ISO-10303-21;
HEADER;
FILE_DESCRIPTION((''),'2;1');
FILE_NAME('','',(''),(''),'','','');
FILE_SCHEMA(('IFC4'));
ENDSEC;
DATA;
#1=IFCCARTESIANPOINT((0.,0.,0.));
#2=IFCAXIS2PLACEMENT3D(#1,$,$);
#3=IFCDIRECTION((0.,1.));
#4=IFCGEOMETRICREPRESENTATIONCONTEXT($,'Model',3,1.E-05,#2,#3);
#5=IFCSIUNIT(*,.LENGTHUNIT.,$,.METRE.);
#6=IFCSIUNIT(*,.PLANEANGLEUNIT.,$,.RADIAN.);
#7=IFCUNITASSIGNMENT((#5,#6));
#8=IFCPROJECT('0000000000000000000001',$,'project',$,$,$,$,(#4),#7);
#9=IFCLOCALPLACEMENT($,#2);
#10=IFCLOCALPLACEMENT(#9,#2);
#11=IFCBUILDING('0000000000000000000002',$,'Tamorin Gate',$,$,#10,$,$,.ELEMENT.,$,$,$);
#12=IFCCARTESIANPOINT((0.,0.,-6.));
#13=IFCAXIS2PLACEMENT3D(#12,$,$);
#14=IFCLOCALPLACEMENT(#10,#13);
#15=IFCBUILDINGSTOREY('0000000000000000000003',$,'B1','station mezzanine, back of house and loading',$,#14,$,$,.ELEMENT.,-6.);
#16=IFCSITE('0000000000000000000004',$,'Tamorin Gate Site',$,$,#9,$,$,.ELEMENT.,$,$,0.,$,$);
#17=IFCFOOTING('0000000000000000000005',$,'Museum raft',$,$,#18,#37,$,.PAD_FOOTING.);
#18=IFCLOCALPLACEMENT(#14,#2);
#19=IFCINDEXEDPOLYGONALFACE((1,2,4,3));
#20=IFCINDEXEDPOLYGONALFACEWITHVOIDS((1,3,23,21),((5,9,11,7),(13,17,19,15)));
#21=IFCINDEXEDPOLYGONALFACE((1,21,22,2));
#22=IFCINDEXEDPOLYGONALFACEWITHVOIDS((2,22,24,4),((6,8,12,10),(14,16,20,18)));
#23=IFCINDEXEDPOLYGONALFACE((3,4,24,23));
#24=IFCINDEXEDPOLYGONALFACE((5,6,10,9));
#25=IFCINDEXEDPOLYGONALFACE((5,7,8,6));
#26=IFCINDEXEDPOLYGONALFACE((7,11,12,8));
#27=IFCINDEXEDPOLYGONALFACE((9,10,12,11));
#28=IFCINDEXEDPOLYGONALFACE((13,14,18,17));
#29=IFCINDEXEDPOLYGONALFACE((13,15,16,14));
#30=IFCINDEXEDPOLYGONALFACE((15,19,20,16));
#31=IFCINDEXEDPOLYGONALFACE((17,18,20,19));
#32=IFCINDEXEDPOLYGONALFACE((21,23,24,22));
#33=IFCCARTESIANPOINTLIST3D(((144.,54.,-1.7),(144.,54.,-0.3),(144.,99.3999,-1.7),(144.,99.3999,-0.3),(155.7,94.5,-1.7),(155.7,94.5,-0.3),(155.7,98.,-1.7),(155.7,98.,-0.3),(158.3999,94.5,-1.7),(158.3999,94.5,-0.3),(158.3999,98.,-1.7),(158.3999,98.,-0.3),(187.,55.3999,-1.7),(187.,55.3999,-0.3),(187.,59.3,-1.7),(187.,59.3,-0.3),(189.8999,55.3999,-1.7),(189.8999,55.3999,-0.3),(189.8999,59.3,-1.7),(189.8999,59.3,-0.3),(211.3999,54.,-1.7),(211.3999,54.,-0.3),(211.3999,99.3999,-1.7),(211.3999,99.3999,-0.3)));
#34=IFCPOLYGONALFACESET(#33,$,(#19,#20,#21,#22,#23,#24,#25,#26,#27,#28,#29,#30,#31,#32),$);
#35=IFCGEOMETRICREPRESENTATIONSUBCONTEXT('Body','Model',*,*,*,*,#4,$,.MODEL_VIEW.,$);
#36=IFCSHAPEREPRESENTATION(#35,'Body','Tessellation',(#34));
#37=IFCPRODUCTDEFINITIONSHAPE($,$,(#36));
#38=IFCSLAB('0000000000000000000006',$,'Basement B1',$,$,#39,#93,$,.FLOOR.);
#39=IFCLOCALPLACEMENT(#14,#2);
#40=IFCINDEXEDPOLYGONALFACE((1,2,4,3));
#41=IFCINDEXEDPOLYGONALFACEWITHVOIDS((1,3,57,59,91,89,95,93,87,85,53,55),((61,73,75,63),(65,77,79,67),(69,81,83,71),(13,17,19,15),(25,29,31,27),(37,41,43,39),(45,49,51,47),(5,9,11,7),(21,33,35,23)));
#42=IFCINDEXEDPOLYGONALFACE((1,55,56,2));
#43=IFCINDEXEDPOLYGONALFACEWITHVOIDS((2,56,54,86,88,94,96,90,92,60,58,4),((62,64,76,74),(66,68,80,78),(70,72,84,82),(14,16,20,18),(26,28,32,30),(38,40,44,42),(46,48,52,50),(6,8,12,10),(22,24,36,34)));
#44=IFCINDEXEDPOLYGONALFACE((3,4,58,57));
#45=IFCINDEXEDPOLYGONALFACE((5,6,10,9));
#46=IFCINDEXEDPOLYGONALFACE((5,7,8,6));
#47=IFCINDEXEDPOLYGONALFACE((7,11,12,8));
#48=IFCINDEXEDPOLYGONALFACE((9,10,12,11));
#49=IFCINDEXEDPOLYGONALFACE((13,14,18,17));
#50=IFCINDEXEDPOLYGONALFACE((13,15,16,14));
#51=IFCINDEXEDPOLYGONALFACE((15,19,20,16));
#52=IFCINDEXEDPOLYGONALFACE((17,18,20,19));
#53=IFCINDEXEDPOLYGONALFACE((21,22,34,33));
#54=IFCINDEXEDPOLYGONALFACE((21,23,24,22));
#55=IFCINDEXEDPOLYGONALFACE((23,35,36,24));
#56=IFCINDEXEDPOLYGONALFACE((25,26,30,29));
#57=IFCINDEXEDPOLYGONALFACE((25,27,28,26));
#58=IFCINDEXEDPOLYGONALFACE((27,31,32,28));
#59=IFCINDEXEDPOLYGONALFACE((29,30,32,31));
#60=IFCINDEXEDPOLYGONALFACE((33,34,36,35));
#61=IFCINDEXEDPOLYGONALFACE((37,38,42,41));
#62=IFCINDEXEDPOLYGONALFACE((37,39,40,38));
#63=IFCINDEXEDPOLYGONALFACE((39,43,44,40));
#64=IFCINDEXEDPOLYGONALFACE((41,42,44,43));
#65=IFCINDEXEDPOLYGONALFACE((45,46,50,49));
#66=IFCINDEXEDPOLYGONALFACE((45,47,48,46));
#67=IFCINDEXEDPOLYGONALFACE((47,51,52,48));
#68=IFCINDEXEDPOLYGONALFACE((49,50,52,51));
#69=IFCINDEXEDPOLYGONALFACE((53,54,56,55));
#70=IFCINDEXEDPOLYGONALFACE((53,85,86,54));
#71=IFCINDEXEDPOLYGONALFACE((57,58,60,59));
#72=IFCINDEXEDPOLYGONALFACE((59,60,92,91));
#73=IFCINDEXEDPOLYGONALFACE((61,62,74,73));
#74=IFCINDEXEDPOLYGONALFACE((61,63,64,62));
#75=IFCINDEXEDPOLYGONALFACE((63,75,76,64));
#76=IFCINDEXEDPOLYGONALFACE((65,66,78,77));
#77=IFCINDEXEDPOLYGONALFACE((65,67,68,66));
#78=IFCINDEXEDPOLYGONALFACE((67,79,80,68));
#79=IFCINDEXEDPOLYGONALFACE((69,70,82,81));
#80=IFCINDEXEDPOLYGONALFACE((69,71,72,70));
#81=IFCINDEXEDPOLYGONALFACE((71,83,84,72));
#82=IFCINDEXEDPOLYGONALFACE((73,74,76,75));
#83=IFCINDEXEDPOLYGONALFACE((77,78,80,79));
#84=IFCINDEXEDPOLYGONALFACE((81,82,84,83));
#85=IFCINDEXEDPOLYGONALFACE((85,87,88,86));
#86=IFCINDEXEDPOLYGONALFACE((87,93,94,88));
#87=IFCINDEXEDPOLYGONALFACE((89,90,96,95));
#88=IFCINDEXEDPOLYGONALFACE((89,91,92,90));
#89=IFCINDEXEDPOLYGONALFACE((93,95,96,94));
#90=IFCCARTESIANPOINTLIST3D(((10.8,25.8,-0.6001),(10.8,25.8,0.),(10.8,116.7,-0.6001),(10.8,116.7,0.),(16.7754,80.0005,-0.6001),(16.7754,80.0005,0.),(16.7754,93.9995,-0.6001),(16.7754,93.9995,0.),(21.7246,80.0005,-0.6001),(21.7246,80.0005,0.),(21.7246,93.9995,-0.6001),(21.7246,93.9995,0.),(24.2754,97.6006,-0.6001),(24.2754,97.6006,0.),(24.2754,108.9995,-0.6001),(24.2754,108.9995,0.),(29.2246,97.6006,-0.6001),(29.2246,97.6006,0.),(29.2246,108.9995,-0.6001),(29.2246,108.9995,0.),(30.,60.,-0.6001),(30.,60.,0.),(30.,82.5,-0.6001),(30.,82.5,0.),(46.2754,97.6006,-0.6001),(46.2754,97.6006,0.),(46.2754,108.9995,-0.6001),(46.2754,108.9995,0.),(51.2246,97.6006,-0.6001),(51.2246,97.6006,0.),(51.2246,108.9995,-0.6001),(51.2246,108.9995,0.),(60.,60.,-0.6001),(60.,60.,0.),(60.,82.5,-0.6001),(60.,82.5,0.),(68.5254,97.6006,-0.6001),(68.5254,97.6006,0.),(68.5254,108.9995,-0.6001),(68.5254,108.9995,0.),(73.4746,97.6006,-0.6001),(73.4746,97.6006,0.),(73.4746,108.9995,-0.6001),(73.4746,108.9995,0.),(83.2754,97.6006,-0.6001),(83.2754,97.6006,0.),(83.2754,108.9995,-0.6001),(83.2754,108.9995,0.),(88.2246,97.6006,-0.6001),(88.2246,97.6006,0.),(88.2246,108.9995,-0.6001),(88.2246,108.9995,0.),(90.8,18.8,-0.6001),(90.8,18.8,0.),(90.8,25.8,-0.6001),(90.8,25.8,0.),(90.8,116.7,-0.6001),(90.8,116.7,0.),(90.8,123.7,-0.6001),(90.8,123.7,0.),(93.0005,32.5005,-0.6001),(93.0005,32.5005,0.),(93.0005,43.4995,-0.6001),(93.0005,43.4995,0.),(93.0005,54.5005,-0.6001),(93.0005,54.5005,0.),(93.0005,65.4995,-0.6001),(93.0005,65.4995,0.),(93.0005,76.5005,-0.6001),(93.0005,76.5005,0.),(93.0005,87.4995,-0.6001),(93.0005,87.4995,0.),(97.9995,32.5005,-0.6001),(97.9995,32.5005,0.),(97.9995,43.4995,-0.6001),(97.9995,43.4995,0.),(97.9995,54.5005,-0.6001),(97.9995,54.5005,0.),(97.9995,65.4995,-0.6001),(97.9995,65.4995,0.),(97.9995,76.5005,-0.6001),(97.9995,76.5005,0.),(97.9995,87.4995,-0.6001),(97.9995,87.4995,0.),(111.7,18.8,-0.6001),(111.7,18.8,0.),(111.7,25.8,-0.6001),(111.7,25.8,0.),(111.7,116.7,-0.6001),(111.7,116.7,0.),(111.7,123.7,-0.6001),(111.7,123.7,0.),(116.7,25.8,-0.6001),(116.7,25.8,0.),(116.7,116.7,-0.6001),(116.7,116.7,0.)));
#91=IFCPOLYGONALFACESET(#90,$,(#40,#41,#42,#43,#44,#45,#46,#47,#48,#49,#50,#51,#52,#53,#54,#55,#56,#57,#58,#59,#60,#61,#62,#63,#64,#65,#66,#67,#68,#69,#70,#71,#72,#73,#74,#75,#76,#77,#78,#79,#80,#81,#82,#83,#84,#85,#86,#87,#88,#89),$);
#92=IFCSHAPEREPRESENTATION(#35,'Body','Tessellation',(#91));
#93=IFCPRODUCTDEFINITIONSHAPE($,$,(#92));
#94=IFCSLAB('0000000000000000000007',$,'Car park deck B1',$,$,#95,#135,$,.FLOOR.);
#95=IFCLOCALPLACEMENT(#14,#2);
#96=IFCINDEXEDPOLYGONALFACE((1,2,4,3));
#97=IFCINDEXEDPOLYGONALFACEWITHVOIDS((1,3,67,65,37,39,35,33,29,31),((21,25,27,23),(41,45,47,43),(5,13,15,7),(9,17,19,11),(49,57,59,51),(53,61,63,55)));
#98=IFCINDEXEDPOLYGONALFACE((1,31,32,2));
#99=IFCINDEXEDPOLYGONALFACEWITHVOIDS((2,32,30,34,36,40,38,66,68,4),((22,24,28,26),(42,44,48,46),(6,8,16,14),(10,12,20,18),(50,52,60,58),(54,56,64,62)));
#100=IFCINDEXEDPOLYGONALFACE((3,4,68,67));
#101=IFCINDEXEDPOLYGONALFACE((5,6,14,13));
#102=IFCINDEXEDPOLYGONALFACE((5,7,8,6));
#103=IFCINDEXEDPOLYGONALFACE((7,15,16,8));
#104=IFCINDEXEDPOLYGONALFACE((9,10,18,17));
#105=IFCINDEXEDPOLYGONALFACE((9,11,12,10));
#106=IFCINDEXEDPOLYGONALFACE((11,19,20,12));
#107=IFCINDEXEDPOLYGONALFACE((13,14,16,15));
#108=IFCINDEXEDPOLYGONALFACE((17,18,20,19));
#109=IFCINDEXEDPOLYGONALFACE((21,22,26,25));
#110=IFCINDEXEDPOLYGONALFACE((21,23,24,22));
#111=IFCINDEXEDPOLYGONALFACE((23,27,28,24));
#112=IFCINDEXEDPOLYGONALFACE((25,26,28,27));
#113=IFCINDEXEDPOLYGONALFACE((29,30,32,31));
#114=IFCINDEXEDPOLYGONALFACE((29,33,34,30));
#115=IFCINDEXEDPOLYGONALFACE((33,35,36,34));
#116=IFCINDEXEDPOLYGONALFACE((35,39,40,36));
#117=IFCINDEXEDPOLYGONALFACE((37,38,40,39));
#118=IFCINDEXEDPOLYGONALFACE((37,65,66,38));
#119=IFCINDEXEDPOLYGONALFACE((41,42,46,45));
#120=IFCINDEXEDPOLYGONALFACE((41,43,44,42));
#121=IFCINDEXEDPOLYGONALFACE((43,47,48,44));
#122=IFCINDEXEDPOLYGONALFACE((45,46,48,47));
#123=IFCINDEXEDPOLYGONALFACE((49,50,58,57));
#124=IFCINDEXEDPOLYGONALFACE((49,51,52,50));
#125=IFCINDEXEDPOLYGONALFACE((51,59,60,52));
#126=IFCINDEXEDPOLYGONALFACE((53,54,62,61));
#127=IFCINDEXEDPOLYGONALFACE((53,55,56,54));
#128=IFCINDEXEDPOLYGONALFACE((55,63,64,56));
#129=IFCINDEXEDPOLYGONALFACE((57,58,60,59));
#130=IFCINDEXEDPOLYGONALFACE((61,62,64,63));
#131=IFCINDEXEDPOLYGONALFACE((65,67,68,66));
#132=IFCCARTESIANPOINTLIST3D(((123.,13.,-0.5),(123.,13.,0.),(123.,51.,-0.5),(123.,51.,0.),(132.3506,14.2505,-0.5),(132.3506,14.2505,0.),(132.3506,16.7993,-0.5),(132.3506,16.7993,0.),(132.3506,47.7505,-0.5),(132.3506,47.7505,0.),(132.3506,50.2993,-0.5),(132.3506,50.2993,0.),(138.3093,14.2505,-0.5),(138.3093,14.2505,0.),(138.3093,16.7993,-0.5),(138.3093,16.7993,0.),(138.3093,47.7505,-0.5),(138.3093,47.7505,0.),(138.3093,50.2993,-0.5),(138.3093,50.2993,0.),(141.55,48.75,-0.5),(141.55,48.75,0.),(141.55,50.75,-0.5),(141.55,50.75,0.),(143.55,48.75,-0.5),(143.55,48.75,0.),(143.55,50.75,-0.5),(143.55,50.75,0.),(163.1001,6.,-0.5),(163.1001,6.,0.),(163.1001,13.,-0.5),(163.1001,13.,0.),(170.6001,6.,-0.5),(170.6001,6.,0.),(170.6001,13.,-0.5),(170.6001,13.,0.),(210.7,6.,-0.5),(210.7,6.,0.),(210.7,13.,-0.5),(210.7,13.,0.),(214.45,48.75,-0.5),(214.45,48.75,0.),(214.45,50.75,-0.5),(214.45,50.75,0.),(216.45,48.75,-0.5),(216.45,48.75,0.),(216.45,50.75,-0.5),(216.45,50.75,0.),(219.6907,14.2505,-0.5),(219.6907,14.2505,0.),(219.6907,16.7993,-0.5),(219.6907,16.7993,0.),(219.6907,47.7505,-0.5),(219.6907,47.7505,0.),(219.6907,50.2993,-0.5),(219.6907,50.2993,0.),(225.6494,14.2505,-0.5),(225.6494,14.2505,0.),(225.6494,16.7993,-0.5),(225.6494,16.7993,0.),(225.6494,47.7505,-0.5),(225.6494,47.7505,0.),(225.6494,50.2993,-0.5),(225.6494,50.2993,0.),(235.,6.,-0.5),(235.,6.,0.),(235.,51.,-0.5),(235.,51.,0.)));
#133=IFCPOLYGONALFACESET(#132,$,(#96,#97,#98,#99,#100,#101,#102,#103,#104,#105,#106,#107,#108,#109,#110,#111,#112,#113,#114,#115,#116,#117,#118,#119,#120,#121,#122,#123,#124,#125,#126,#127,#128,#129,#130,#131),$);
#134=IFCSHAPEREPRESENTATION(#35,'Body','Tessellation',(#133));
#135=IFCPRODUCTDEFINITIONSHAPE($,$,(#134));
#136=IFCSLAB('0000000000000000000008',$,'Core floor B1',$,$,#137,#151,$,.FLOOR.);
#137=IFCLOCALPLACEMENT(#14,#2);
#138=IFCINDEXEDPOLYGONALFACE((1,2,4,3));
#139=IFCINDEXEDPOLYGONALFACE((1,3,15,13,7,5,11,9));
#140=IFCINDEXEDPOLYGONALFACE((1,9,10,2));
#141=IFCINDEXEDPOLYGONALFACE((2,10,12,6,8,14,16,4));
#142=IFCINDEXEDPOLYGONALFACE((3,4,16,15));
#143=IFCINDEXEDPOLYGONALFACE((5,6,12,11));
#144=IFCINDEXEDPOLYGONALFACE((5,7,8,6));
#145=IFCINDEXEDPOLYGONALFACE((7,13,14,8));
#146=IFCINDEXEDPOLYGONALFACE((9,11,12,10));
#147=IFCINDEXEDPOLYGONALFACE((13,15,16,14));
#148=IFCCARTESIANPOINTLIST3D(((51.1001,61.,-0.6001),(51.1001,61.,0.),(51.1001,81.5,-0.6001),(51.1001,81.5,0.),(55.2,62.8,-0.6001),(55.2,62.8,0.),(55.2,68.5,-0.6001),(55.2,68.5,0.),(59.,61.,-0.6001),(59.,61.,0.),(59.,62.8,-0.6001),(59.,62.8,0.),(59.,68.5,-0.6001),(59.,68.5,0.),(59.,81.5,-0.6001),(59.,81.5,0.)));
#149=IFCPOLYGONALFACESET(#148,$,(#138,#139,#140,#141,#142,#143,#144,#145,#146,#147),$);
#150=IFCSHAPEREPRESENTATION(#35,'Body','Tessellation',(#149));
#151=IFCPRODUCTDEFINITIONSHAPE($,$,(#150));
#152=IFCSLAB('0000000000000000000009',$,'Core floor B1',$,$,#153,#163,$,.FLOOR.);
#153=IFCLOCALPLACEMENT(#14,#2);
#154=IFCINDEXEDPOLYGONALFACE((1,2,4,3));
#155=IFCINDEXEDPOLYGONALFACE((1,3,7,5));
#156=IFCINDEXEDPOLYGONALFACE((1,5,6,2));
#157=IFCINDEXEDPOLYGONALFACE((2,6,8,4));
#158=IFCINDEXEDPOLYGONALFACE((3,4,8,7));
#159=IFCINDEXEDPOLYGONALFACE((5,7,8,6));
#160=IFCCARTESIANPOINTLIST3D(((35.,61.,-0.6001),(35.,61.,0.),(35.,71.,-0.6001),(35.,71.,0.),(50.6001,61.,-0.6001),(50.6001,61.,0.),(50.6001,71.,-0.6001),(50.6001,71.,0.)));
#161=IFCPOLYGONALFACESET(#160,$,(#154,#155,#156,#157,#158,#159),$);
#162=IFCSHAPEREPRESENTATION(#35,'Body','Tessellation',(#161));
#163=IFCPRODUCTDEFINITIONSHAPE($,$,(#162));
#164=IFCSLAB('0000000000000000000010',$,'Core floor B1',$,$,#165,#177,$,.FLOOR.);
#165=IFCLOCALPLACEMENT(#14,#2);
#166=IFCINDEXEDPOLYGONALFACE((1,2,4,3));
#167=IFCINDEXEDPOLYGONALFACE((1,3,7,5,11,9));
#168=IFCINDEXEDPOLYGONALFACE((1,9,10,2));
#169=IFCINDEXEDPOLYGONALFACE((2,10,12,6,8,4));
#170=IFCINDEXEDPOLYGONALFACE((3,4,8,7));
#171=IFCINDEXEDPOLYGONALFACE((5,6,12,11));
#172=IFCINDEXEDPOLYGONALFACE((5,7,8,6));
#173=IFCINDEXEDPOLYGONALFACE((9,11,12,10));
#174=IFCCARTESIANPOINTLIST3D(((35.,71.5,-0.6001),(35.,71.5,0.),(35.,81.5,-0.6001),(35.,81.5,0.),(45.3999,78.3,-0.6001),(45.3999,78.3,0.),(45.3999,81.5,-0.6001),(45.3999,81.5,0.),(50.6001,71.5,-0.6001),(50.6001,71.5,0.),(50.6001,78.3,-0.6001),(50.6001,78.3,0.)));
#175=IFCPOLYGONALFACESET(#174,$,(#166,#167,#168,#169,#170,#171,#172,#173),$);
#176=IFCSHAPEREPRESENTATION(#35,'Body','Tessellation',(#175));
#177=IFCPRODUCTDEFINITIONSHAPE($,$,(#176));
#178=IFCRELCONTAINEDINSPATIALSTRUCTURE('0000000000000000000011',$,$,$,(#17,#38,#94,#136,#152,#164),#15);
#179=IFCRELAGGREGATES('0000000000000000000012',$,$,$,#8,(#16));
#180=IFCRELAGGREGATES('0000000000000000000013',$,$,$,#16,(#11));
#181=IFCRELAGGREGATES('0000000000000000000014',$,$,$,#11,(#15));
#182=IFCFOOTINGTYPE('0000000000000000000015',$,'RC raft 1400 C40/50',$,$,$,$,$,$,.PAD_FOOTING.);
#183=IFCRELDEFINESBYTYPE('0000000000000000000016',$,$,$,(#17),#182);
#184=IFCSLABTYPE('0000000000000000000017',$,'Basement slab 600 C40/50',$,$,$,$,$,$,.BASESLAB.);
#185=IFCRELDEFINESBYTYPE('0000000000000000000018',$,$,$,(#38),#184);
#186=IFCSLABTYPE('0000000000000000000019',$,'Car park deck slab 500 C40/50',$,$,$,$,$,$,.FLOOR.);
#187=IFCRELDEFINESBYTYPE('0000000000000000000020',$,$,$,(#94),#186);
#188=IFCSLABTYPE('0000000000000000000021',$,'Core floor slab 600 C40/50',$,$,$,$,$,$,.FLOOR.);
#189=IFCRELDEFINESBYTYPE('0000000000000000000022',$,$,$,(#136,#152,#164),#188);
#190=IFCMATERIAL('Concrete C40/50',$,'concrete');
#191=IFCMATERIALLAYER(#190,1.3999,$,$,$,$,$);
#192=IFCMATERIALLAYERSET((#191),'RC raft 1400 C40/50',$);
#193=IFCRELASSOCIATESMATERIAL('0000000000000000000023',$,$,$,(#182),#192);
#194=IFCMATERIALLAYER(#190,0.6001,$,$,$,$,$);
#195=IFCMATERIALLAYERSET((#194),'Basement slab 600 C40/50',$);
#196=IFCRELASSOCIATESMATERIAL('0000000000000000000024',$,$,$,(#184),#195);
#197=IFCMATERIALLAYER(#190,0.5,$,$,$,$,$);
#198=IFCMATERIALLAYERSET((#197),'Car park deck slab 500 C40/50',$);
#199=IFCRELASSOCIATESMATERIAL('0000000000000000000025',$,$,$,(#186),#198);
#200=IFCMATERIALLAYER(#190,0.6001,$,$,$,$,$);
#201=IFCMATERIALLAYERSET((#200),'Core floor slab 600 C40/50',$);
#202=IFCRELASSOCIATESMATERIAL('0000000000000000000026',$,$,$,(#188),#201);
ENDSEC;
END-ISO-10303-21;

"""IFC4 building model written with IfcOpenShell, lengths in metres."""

from ifc_helpers import new_model, si_unit, direction, frame, origin, place, context, subcontext, project, spatial, polyline, outline, extrude, material, layer, layer_set, type_object, element, save


model = new_model("IFC4")

# Units and contexts
model_context = context("Model", 3, precision=1e-05, world=origin(), true_north=direction((0.0, 1.0)))
body_context = subcontext(model_context, "Body", "Model", "MODEL_VIEW")
ifc_project = project(units=[si_unit("LENGTHUNIT", "METRE"), si_unit("PLANEANGLEUNIT", "RADIAN")], contexts=[model_context])

# Site, building, storey
site_placement = place(None, origin())
site = spatial("IfcSite", under=ifc_project, at=site_placement, Name="Tamorin Gate Site", CompositionType="ELEMENT", RefElevation=0.0)
building_placement = place(site_placement, origin())
building = spatial("IfcBuilding", under=site, at=building_placement, Name="Tamorin Gate", CompositionType="ELEMENT")
storey_placement = place(building_placement, frame((0.0, 0.0, -6.0)))
storey = spatial("IfcBuildingStorey", under=building, at=storey_placement, Name="B1", Description="station mezzanine, back of house and loading", CompositionType="ELEMENT", Elevation=-6.0)

# Footing
ifc_material_1 = material(Name="Concrete C40/50", Category="concrete")
ifc_layer_1 = layer(ifc_material_1, 1.3999)
ifc_layer_set_1 = layer_set([ifc_layer_1], Name="RC raft 1400 C40/50")
footing_type = type_object("IfcFootingType", Name="RC raft 1400 C40/50", PredefinedType="PAD_FOOTING", material=ifc_layer_set_1)
footing_placement = place(storey_placement, frame((0.0, 0.0, -1.7)))
element("IfcFooting", 1, at=footing_placement, inside=storey, type_object=footing_type, Name="Museum raft", PredefinedType="PAD_FOOTING", context=body_context, shape_type="SweptSolid", body=[
    extrude(outline(polyline([(144.0, 54.0), (144.0, 99.3999), (211.3999, 99.3999), (211.3999, 54.0), (144.0, 54.0)]), holes=[polyline([(189.8999, 55.3999), (189.8999, 59.3), (187.0, 59.3), (187.0, 55.3999), (189.8999, 55.3999)]), polyline([(158.3999, 94.5), (158.3999, 98.0), (155.7, 98.0), (155.7, 94.5), (158.3999, 94.5)])]), origin(), (0.0, 0.0, 1.0), 1.3999),
])

# Slabs
ifc_layer_2 = layer(ifc_material_1, 0.6001)
ifc_layer_set_2 = layer_set([ifc_layer_2], Name="Basement slab 600 C40/50")
slab_type_1 = type_object("IfcSlabType", Name="Basement slab 600 C40/50", PredefinedType="BASESLAB", material=ifc_layer_set_2)
slab_1_placement = place(storey_placement, frame((0.0, 0.0, -0.6001)))
element("IfcSlab", 2, at=slab_1_placement, inside=storey, type_object=slab_type_1, Name="Basement B1", PredefinedType="FLOOR", context=body_context, shape_type="SweptSolid", body=[
    extrude(outline(polyline([(116.7, 116.7), (116.7, 25.8), (111.7, 25.8), (111.7, 18.8), (90.8, 18.8), (90.8, 25.8), (10.8, 25.8), (10.8, 116.7), (90.8, 116.7), (90.8, 123.7), (111.7, 123.7), (111.7, 116.7), (116.7, 116.7)]), holes=[polyline([(60.0, 60.0), (60.0, 82.5), (30.0, 82.5), (30.0, 60.0), (60.0, 60.0)]), polyline([(16.7754, 93.9995), (21.7246, 93.9995), (21.7246, 80.0005), (16.7754, 80.0005), (16.7754, 93.9995)]), polyline([(24.2754, 108.9995), (29.2246, 108.9995), (29.2246, 97.6006), (24.2754, 97.6006), (24.2754, 108.9995)]), polyline([(46.2754, 108.9995), (51.2246, 108.9995), (51.2246, 97.6006), (46.2754, 97.6006), (46.2754, 108.9995)]), polyline([(68.5254, 108.9995), (73.4746, 108.9995), (73.4746, 97.6006), (68.5254, 97.6006), (68.5254, 108.9995)]), polyline([(83.2754, 108.9995), (88.2246, 108.9995), (88.2246, 97.6006), (83.2754, 97.6006), (83.2754, 108.9995)]), polyline([(97.9995, 32.5005), (93.0005, 32.5005), (93.0005, 43.4995), (97.9995, 43.4995), (97.9995, 32.5005)]), polyline([(97.9995, 54.5005), (93.0005, 54.5005), (93.0005, 65.4995), (97.9995, 65.4995), (97.9995, 54.5005)]), polyline([(97.9995, 76.5005), (93.0005, 76.5005), (93.0005, 87.4995), (97.9995, 87.4995), (97.9995, 76.5005)])]), origin(), (0.0, 0.0, 1.0), 0.6001),
])
ifc_layer_3 = layer(ifc_material_1, 0.5)
ifc_layer_set_3 = layer_set([ifc_layer_3], Name="Car park deck slab 500 C40/50")
slab_type_2 = type_object("IfcSlabType", Name="Car park deck slab 500 C40/50", PredefinedType="FLOOR", material=ifc_layer_set_3)
slab_2_placement = place(storey_placement, frame((0.0, 0.0, -0.5)))
element("IfcSlab", 3, at=slab_2_placement, inside=storey, type_object=slab_type_2, Name="Car park deck B1", PredefinedType="FLOOR", context=body_context, shape_type="SweptSolid", body=[
    extrude(outline(polyline([(123.0, 51.0), (235.0, 51.0), (235.0, 6.0), (210.7, 6.0), (210.7, 13.0), (170.6001, 13.0), (170.6001, 6.0), (163.1001, 6.0), (163.1001, 13.0), (123.0, 13.0), (123.0, 51.0)]), holes=[polyline([(138.3093, 16.7993), (132.3506, 16.7993), (132.3506, 14.2505), (138.3093, 14.2505), (138.3093, 16.7993)]), polyline([(219.6907, 14.2505), (225.6494, 14.2505), (225.6494, 16.7993), (219.6907, 16.7993), (219.6907, 14.2505)]), polyline([(138.3093, 50.2993), (132.3506, 50.2993), (132.3506, 47.7505), (138.3093, 47.7505), (138.3093, 50.2993)]), polyline([(219.6907, 47.7505), (225.6494, 47.7505), (225.6494, 50.2993), (219.6907, 50.2993), (219.6907, 47.7505)]), polyline([(141.55, 50.75), (141.55, 48.75), (143.55, 48.75), (143.55, 50.75), (141.55, 50.75)]), polyline([(214.45, 50.75), (214.45, 48.75), (216.45, 48.75), (216.45, 50.75), (214.45, 50.75)])]), origin(), (0.0, 0.0, 1.0), 0.5),
])
ifc_layer_4 = layer(ifc_material_1, 0.6001)
ifc_layer_set_4 = layer_set([ifc_layer_4], Name="Core floor slab 600 C40/50")
slab_type_3 = type_object("IfcSlabType", Name="Core floor slab 600 C40/50", PredefinedType="FLOOR", material=ifc_layer_set_4)
slab_3_placement = place(storey_placement, frame((0.0, 0.0, -0.6001)))
element("IfcSlab", 4, at=slab_3_placement, inside=storey, type_object=slab_type_3, Name="Core floor B1", PredefinedType="FLOOR", context=body_context, shape_type="SweptSolid", body=[
    extrude(outline(polyline([(55.2, 68.5), (55.2, 62.8), (59.0, 62.8), (59.0, 61.0), (51.1001, 61.0), (51.1001, 81.5), (59.0, 81.5), (59.0, 68.5), (55.2, 68.5)])), origin(), (0.0, 0.0, 1.0), 0.6001),
])
slab_4_placement = place(storey_placement, frame((0.0, 0.0, -0.6001)))
element("IfcSlab", 5, at=slab_4_placement, inside=storey, type_object=slab_type_3, Name="Core floor B1", PredefinedType="FLOOR", context=body_context, shape_type="SweptSolid", body=[
    extrude(outline(polyline([(35.0, 71.0), (50.6001, 71.0), (50.6001, 61.0), (35.0, 61.0), (35.0, 71.0)])), origin(), (0.0, 0.0, 1.0), 0.6001),
])
slab_5_placement = place(storey_placement, frame((0.0, 0.0, -0.6001)))
element("IfcSlab", 6, at=slab_5_placement, inside=storey, type_object=slab_type_3, Name="Core floor B1", PredefinedType="FLOOR", context=body_context, shape_type="SweptSolid", body=[
    extrude(outline(polyline([(35.0, 81.5), (45.3999, 81.5), (45.3999, 78.3), (50.6001, 78.3), (50.6001, 71.5), (35.0, 71.5), (35.0, 81.5)])), origin(), (0.0, 0.0, 1.0), 0.6001),
])

save(model, "model.ifc")
